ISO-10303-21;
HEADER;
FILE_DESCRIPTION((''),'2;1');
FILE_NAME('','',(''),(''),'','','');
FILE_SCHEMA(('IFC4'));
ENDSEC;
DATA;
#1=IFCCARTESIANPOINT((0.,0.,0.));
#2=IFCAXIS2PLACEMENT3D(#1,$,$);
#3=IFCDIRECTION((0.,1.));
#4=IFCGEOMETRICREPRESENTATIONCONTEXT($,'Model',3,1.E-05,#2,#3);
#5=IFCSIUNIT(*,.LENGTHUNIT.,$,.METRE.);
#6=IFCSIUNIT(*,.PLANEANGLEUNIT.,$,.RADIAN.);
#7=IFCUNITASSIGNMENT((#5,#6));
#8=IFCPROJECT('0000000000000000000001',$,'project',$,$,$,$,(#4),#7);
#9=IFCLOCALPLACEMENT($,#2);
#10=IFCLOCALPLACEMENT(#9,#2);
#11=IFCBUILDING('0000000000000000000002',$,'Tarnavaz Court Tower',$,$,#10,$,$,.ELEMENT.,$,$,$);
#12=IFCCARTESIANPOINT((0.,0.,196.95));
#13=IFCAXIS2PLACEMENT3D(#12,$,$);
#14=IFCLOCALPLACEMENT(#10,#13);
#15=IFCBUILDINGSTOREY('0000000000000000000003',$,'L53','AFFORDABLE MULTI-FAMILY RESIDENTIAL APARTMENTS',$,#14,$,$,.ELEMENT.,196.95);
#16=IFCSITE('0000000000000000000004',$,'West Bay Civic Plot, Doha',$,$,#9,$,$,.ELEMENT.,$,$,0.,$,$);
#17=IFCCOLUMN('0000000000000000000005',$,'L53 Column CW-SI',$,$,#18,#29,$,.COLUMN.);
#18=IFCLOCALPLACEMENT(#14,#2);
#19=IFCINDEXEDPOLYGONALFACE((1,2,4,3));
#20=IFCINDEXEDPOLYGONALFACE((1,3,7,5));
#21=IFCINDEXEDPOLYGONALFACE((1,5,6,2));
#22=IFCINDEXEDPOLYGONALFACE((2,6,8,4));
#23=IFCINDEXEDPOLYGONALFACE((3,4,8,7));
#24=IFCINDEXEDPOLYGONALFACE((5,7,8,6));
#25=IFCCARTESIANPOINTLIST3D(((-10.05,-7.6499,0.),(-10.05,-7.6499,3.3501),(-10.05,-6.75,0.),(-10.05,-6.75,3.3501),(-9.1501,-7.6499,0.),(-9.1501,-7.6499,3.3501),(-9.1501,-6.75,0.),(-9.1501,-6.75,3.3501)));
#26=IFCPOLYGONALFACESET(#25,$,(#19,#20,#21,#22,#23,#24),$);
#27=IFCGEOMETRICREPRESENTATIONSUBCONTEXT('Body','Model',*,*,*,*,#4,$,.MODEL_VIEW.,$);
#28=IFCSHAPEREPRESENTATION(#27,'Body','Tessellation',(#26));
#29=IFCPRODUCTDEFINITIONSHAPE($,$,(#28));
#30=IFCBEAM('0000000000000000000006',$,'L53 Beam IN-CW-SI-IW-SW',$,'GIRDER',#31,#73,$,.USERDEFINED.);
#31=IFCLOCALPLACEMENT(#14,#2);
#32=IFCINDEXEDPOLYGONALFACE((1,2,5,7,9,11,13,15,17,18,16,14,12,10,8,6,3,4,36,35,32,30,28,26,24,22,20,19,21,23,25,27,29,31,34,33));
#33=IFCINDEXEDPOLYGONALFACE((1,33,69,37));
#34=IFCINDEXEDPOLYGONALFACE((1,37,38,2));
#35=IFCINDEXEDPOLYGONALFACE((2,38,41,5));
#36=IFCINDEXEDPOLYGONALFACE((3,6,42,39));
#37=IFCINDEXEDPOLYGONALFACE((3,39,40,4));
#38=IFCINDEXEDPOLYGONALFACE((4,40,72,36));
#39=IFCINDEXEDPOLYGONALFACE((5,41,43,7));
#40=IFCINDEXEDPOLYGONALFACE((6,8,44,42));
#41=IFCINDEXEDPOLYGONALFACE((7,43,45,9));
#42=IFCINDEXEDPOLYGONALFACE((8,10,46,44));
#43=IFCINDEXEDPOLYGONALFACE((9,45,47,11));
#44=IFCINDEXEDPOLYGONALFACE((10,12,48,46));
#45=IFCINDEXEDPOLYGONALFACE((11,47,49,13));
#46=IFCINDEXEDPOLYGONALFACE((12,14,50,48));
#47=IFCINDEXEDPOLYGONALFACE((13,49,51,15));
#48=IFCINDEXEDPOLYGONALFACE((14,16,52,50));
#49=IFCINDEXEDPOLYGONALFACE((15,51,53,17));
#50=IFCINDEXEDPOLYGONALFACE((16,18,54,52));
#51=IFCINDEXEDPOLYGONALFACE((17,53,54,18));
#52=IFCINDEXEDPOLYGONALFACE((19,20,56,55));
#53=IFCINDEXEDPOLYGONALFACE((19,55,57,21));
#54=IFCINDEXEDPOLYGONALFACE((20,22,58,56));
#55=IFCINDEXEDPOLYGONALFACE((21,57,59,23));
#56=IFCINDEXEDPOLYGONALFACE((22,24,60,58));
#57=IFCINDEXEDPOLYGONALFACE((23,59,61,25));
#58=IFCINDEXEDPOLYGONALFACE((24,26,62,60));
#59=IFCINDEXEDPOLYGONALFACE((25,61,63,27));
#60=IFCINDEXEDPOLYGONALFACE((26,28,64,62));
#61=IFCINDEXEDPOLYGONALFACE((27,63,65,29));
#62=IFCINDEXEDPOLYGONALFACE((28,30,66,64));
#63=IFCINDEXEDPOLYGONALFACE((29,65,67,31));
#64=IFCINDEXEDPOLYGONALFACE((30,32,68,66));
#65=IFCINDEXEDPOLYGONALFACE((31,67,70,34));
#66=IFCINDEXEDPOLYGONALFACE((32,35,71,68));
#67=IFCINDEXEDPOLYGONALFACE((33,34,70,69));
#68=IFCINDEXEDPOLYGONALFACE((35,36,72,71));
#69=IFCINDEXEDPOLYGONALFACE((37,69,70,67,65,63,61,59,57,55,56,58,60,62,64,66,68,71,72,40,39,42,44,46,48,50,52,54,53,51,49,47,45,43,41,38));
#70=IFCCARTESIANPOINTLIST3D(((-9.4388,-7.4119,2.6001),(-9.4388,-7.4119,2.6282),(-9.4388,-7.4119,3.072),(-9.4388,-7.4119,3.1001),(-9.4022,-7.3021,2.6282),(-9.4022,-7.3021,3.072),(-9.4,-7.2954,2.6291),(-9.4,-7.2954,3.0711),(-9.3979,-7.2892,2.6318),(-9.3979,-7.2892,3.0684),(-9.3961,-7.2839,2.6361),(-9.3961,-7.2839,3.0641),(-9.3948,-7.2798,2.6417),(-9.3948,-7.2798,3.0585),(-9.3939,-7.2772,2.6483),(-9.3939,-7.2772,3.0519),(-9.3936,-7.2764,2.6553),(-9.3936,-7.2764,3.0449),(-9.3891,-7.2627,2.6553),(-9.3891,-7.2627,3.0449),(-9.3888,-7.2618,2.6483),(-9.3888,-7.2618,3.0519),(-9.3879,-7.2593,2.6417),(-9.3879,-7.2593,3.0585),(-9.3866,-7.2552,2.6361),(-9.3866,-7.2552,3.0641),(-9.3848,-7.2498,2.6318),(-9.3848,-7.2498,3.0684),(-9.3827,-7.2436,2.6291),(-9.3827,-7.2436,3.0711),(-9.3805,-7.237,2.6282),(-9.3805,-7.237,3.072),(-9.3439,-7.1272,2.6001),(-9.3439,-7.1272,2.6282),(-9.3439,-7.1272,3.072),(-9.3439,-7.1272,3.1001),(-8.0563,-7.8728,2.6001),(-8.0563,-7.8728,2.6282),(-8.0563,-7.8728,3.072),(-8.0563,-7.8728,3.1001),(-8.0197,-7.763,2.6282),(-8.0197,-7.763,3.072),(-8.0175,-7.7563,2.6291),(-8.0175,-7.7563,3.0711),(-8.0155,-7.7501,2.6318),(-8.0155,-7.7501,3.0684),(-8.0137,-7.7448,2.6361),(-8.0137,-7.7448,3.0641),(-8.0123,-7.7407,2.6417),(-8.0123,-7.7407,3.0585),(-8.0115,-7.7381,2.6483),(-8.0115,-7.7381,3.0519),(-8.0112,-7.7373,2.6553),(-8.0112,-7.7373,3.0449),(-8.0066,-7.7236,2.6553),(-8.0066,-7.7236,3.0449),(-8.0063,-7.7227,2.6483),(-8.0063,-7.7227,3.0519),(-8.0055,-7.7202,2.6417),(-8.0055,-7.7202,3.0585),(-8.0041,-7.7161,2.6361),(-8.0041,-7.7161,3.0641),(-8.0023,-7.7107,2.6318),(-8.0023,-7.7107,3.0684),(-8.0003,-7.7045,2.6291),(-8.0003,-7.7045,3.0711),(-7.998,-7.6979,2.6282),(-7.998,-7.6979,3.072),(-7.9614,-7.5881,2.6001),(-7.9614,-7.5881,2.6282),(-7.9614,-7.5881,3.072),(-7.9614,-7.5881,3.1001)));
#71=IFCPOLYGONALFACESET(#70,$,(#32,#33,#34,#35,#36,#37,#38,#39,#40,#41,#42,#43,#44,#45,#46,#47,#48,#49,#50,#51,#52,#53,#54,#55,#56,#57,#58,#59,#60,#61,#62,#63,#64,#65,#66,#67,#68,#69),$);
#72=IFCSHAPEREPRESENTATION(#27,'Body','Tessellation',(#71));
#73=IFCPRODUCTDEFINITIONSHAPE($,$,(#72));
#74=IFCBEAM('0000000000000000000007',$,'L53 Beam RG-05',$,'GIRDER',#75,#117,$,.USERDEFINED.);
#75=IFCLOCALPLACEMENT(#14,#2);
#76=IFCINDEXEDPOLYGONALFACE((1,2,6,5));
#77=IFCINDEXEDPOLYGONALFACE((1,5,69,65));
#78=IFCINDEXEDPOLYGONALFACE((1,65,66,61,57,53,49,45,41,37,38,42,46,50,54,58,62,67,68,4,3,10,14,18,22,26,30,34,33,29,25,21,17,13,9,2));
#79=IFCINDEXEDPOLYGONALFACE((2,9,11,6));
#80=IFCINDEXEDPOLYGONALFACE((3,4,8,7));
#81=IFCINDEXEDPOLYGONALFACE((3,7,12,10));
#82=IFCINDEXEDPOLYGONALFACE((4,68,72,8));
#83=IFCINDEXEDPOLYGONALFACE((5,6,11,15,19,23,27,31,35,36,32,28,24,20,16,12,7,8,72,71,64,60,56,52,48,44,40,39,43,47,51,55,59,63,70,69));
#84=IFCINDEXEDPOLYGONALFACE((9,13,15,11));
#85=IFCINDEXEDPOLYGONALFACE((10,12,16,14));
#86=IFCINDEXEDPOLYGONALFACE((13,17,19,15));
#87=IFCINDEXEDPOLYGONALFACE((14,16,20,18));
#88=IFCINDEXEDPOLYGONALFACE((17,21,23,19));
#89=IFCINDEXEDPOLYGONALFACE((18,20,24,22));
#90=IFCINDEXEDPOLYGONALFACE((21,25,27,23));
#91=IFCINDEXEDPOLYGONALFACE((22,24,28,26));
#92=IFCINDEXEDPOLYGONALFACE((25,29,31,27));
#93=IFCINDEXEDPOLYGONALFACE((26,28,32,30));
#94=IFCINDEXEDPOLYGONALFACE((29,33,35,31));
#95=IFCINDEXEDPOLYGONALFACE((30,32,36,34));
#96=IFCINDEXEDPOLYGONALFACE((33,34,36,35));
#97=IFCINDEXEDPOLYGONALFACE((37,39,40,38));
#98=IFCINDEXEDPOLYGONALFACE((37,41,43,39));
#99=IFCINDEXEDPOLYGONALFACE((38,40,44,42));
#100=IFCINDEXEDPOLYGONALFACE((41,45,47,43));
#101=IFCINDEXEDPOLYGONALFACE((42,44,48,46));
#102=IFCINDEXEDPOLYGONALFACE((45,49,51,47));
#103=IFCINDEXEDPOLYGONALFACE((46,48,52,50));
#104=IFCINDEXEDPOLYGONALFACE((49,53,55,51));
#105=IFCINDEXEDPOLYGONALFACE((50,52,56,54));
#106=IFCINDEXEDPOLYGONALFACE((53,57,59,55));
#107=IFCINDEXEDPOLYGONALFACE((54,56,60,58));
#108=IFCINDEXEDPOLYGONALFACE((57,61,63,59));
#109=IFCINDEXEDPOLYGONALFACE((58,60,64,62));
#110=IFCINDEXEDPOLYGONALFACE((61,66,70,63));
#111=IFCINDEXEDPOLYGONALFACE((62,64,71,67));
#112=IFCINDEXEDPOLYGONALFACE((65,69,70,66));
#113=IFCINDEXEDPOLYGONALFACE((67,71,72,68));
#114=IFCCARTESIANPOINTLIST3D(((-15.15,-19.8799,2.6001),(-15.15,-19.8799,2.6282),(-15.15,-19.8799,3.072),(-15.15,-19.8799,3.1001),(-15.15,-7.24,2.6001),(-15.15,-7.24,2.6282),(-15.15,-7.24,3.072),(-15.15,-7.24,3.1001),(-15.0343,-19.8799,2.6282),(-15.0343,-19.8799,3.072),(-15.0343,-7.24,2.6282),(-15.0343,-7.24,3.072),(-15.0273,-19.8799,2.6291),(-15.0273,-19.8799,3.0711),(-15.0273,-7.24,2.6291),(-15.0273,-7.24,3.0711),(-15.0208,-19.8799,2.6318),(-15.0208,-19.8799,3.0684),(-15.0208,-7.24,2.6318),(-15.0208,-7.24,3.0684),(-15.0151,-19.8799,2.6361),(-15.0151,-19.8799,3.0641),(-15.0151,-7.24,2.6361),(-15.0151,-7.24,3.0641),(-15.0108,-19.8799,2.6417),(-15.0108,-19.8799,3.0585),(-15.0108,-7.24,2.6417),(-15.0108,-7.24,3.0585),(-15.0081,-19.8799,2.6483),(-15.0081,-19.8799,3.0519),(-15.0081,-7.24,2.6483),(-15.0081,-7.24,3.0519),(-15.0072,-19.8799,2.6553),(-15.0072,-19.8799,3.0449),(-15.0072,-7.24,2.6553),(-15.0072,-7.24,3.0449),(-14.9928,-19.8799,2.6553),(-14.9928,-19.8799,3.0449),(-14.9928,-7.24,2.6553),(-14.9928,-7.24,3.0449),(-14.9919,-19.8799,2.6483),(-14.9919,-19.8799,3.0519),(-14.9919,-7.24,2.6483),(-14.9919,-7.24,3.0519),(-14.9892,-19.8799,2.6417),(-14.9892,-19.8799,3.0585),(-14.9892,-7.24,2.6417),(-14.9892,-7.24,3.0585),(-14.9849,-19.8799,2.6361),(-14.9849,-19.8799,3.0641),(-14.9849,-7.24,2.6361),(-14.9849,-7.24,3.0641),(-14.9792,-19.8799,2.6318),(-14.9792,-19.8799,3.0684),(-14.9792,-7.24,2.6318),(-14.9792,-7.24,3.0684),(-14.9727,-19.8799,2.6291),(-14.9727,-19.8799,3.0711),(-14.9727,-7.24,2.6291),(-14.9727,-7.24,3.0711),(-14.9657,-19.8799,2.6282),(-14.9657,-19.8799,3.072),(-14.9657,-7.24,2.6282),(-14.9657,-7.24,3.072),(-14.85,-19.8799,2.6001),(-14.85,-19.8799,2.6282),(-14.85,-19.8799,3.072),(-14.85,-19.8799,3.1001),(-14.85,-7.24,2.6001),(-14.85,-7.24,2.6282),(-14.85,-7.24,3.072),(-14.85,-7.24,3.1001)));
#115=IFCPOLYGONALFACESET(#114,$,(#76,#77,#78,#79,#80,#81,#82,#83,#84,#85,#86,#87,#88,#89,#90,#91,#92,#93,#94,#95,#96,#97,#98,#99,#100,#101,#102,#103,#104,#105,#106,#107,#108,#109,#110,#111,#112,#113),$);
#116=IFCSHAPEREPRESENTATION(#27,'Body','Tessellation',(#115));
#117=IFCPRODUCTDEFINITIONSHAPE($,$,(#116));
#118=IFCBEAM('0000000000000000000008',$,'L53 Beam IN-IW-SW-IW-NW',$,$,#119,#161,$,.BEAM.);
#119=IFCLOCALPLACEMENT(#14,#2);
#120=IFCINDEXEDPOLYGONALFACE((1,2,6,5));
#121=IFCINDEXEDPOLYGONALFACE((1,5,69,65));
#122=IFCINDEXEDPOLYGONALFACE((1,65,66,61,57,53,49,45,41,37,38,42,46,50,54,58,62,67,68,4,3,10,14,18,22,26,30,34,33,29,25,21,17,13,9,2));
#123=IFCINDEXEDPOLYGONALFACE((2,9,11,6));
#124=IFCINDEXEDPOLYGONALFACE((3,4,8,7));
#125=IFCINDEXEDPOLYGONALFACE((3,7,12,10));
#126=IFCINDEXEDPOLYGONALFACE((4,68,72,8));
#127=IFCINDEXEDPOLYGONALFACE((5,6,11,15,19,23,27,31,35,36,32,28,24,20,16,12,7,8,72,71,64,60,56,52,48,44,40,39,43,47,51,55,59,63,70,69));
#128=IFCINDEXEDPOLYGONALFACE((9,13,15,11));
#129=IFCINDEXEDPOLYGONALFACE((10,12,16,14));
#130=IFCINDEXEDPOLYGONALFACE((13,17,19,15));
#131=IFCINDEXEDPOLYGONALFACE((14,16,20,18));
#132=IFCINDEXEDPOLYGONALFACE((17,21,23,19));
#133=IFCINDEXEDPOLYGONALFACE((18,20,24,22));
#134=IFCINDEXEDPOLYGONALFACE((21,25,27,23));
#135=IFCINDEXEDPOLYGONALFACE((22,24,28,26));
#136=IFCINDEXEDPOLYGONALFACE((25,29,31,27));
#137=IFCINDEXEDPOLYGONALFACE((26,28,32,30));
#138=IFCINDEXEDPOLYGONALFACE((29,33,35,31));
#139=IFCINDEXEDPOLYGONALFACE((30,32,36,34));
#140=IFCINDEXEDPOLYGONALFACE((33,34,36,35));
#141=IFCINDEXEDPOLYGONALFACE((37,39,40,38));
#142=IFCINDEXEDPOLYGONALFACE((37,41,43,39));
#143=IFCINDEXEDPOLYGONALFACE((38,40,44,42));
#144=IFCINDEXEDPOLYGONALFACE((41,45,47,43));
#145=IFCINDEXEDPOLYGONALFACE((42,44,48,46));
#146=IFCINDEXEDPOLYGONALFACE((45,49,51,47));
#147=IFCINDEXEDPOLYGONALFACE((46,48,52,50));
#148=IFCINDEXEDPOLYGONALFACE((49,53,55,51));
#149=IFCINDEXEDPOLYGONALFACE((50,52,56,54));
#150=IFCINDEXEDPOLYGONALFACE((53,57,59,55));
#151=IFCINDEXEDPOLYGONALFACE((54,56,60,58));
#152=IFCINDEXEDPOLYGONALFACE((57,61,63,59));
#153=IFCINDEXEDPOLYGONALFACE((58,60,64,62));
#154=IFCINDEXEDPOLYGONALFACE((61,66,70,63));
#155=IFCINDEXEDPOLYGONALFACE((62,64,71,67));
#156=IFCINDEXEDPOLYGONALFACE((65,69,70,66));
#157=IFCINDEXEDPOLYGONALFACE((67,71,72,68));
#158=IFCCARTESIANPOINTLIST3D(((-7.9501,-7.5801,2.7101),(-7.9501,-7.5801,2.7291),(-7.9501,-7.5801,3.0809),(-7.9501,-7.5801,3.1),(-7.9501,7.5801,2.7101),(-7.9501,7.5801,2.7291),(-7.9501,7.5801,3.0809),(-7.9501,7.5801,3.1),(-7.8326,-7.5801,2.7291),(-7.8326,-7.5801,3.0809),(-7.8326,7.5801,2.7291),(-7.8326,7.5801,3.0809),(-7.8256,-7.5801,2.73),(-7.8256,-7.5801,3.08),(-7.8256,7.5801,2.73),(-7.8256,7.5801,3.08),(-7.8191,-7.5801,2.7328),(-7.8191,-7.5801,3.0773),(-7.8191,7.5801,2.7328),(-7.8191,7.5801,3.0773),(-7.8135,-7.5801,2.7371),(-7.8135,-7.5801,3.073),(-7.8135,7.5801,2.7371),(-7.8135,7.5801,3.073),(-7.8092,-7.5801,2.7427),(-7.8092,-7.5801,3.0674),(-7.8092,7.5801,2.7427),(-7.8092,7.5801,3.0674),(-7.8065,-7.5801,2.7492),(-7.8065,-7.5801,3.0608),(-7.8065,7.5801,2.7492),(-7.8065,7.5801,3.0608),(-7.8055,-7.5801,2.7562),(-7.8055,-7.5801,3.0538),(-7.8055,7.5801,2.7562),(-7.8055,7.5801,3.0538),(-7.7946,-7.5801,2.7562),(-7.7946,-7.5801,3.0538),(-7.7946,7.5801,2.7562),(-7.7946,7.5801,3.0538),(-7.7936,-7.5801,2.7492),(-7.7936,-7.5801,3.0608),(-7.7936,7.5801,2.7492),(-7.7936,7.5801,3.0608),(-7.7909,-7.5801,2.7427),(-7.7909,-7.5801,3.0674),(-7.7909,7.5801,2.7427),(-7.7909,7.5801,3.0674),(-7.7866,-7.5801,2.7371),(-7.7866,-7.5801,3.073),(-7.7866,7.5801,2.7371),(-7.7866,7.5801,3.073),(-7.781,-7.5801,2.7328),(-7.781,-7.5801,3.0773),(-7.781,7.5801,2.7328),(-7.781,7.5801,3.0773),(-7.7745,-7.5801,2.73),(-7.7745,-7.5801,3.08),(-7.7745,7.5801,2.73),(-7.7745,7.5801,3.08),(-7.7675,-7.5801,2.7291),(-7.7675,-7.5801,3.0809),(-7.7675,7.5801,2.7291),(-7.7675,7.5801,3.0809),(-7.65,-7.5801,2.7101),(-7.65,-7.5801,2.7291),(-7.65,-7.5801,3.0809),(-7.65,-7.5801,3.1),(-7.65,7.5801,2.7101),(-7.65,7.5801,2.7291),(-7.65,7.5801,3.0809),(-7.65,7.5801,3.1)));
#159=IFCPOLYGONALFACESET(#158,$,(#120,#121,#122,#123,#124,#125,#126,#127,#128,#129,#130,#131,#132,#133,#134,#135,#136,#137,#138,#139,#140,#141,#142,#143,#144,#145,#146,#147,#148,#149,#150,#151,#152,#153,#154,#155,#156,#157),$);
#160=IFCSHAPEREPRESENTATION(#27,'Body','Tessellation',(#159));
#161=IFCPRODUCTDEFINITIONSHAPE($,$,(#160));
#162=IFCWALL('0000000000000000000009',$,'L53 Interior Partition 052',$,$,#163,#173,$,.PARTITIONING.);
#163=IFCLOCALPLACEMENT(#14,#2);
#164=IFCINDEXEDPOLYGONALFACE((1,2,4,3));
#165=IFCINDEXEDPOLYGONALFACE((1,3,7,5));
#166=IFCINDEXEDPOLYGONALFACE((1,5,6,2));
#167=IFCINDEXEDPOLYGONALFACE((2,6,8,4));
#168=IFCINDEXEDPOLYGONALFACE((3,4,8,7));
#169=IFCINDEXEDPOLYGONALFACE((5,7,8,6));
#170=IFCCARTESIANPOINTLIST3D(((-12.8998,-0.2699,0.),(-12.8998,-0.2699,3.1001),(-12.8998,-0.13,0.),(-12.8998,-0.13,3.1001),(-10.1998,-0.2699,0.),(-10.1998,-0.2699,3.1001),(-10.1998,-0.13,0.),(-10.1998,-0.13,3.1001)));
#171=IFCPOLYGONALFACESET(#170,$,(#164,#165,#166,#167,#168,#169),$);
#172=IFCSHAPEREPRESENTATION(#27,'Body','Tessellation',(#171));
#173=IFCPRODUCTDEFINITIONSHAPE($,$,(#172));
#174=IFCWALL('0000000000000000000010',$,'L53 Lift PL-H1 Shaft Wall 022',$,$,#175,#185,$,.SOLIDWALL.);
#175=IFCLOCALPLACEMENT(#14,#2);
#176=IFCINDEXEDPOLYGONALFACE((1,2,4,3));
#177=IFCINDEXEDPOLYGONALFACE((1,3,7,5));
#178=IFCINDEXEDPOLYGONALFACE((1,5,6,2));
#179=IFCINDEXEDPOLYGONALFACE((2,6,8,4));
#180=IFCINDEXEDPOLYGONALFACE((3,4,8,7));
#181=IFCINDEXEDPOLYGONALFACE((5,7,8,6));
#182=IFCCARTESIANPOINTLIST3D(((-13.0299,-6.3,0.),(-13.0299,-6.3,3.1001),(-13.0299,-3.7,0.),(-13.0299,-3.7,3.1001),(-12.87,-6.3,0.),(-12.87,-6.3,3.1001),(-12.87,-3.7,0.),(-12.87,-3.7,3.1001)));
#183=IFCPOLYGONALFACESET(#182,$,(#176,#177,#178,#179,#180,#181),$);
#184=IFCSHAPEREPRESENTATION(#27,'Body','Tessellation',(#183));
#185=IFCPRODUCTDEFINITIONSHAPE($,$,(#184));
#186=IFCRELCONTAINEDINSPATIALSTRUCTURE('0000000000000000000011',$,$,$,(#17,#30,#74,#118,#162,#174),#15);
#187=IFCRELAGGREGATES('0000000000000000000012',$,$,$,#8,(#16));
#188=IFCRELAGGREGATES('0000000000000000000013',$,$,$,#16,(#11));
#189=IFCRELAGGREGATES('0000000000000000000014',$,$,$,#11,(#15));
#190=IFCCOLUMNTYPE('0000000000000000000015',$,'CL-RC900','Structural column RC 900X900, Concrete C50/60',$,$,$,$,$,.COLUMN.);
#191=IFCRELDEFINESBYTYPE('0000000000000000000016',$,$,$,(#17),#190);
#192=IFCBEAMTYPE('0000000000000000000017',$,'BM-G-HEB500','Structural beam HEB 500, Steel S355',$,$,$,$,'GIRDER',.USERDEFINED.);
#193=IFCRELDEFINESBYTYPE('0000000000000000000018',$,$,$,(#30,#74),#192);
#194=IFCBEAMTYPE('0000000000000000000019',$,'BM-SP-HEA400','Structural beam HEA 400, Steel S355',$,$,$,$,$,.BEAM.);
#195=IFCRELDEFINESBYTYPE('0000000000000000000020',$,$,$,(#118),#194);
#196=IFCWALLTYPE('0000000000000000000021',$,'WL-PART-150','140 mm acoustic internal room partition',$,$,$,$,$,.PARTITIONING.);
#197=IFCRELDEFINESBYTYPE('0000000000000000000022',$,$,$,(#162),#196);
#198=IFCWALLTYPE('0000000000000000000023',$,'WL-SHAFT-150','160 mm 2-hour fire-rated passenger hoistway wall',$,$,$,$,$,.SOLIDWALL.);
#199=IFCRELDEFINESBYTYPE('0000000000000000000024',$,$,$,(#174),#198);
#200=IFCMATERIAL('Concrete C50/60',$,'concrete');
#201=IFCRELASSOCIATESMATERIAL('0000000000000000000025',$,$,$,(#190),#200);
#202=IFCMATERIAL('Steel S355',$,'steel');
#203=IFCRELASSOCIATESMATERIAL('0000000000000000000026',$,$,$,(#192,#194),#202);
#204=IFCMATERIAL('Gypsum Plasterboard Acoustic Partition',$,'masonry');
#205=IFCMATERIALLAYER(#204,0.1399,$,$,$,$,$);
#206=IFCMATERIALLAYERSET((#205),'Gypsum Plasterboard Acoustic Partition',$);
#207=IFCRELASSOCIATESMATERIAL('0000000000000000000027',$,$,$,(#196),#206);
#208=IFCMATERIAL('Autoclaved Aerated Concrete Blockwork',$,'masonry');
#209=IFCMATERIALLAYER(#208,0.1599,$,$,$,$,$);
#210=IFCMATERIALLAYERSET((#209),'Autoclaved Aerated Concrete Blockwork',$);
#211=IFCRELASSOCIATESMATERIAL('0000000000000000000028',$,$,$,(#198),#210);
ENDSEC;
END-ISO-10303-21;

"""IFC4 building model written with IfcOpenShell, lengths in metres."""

from ifc_helpers import new_model, si_unit, direction, frame, frame_2d, origin, origin_2d, place, context, subcontext, project, spatial, rectangle, i_section, extrude, material, layer, layer_set, material_profile, profile_set, type_object, element, save


model = new_model("IFC4")

# Units and contexts
model_context = context("Model", 3, precision=1e-05, world=origin(), true_north=direction((0.0, 1.0)))
body_context = subcontext(model_context, "Body", "Model", "MODEL_VIEW")
ifc_project = project(units=[si_unit("LENGTHUNIT", "METRE"), si_unit("PLANEANGLEUNIT", "RADIAN")], contexts=[model_context])

# Site, building, storey
site_placement = place(None, origin())
site = spatial("IfcSite", under=ifc_project, at=site_placement, Name="West Bay Civic Plot, Doha", CompositionType="ELEMENT", RefElevation=0.0)
building_placement = place(site_placement, origin())
building = spatial("IfcBuilding", under=site, at=building_placement, Name="Tarnavaz Court Tower", CompositionType="ELEMENT")
storey_placement = place(building_placement, frame((0.0, 0.0, 196.95)))
storey = spatial("IfcBuildingStorey", under=building, at=storey_placement, Name="L53", Description="AFFORDABLE MULTI-FAMILY RESIDENTIAL APARTMENTS", CompositionType="ELEMENT", Elevation=196.95)

# Column
ifc_material_1 = material(Name="Concrete C50/60", Category="concrete")
ifc_material_profile_1 = material_profile(ifc_material_1, rectangle(XDim=0.8999, YDim=0.8999, at=origin_2d()), Name="RC 900X900")
ifc_profile_set_1 = profile_set([ifc_material_profile_1], Name="Concrete C50/60")
column_type = type_object("IfcColumnType", Name="CL-RC900", Description="Structural column RC 900X900, Concrete C50/60", PredefinedType="COLUMN", material=ifc_profile_set_1)
column_placement = place(storey_placement, frame((-9.6001, -7.2, 0.0), z_axis=(0.0, 0.0, 1.0), x_axis=(1.0, 0.0, 0.0)))
element("IfcColumn", 1, at=column_placement, inside=storey, type_object=column_type, Name="L53 Column CW-SI", PredefinedType="COLUMN", context=body_context, shape_type="SweptSolid", body=[
    extrude(rectangle(XDim=0.8999, YDim=0.8999, at=origin_2d()), origin(), (0.0, 0.0, 1.0), 3.3501),
])

# Beams
ifc_material_2 = material(Name="Steel S355", Category="steel")
ifc_material_profile_2 = material_profile(ifc_material_2, i_section(OverallWidth=0.3, OverallDepth=0.5, WebThickness=0.0144, FlangeThickness=0.0281, FilletRadius=0.0271, at=origin_2d()), Name="HEB 500")
ifc_profile_set_2 = profile_set([ifc_material_profile_2], Name="Steel S355")
beam_type_1 = type_object("IfcBeamType", Name="BM-G-HEB500", Description="Structural beam HEB 500, Steel S355", ElementType="GIRDER", PredefinedType="USERDEFINED", material=ifc_profile_set_2)
beam_1_placement = place(storey_placement, frame((-9.3914, -7.2695, 2.8501), z_axis=(0.948667, -0.316278, 0.0), x_axis=(0.316278, 0.948667, 0.0)))
element("IfcBeam", 2, at=beam_1_placement, inside=storey, type_object=beam_type_1, Name="L53 Beam IN-CW-SI-IW-SW", ObjectType="GIRDER", PredefinedType="USERDEFINED", context=body_context, shape_type="SweptSolid", body=[
    extrude(i_section(OverallWidth=0.3, OverallDepth=0.5, WebThickness=0.0144, FlangeThickness=0.0281, FilletRadius=0.0271, at=origin_2d()), origin(), (0.0, 0.0, 1.0), 1.4573),
])
beam_2_placement = place(storey_placement, frame((-15.0, -7.24, 2.8501), z_axis=(0.0, -1.0, 0.0), x_axis=(1.0, 0.0, 0.0)))
element("IfcBeam", 3, at=beam_2_placement, inside=storey, type_object=beam_type_1, Name="L53 Beam RG-05", ObjectType="GIRDER", PredefinedType="USERDEFINED", context=body_context, shape_type="SweptSolid", body=[
    extrude(i_section(OverallWidth=0.3, OverallDepth=0.5, WebThickness=0.0144, FlangeThickness=0.0281, FilletRadius=0.0271, at=origin_2d()), origin(), (0.0, 0.0, 1.0), 12.6399),
])
ifc_material_profile_3 = material_profile(ifc_material_2, i_section(OverallWidth=0.3, OverallDepth=0.3899, WebThickness=0.011, FlangeThickness=0.019, FilletRadius=0.0271, at=origin_2d()), Name="HEA 400")
ifc_profile_set_3 = profile_set([ifc_material_profile_3], Name="Steel S355")
beam_type_2 = type_object("IfcBeamType", Name="BM-SP-HEA400", Description="Structural beam HEA 400, Steel S355", PredefinedType="BEAM", material=ifc_profile_set_3)
beam_3_placement = place(storey_placement, frame((-7.8, -7.5801, 2.905), z_axis=(0.0, 1.0, 0.0), x_axis=(-1.0, 0.0, 0.0)))
element("IfcBeam", 4, at=beam_3_placement, inside=storey, type_object=beam_type_2, Name="L53 Beam IN-IW-SW-IW-NW", PredefinedType="BEAM", context=body_context, shape_type="SweptSolid", body=[
    extrude(i_section(OverallWidth=0.3, OverallDepth=0.3899, WebThickness=0.011, FlangeThickness=0.019, FilletRadius=0.0271, at=origin_2d()), origin(), (0.0, 0.0, 1.0), 15.1602),
])

# Shared definitions
ifc_material_3 = material(Name="Autoclaved Aerated Concrete Blockwork", Category="masonry")

# Shared definitions
ifc_material_4 = material(Name="Gypsum Plasterboard Acoustic Partition", Category="masonry")
ifc_layer_1 = layer(ifc_material_4, 0.1399)
ifc_layer_set_1 = layer_set([ifc_layer_1], Name="Gypsum Plasterboard Acoustic Partition")
wall_type_1 = type_object("IfcWallType", Name="WL-PART-150", Description="140 mm acoustic internal room partition", PredefinedType="PARTITIONING", material=ifc_layer_set_1)

# Walls
wall_1_placement = place(storey_placement, frame((-12.8999, -0.2, 0.0), z_axis=(0.0, 0.0, 1.0), x_axis=(1.0, 0.0, 0.0)))
element("IfcWall", 5, at=wall_1_placement, inside=storey, type_object=wall_type_1, Name="L53 Interior Partition 052", PredefinedType="PARTITIONING", context=body_context, shape_type="SweptSolid", body=[
    extrude(rectangle(XDim=2.7, YDim=0.1399, at=frame_2d((1.3501, 0.0))), origin(), (0.0, 0.0, 1.0), 3.1001),
])
ifc_layer_2 = layer(ifc_material_3, 0.1599)
ifc_layer_set_2 = layer_set([ifc_layer_2], Name="Autoclaved Aerated Concrete Blockwork")
wall_type_2 = type_object("IfcWallType", Name="WL-SHAFT-150", Description="160 mm 2-hour fire-rated passenger hoistway wall", PredefinedType="SOLIDWALL", material=ifc_layer_set_2)
wall_2_placement = place(storey_placement, frame((-12.95, -6.3, 0.0), z_axis=(0.0, 0.0, 1.0), x_axis=(0.0, 1.0, 0.0)))
element("IfcWall", 6, at=wall_2_placement, inside=storey, type_object=wall_type_2, Name="L53 Lift PL-H1 Shaft Wall 022", PredefinedType="SOLIDWALL", context=body_context, shape_type="SweptSolid", body=[
    extrude(rectangle(XDim=2.6001, YDim=0.1599, at=frame_2d((1.3, 0.0))), origin(), (0.0, 0.0, 1.0), 3.1001),
])

save(model, "model.ifc")
